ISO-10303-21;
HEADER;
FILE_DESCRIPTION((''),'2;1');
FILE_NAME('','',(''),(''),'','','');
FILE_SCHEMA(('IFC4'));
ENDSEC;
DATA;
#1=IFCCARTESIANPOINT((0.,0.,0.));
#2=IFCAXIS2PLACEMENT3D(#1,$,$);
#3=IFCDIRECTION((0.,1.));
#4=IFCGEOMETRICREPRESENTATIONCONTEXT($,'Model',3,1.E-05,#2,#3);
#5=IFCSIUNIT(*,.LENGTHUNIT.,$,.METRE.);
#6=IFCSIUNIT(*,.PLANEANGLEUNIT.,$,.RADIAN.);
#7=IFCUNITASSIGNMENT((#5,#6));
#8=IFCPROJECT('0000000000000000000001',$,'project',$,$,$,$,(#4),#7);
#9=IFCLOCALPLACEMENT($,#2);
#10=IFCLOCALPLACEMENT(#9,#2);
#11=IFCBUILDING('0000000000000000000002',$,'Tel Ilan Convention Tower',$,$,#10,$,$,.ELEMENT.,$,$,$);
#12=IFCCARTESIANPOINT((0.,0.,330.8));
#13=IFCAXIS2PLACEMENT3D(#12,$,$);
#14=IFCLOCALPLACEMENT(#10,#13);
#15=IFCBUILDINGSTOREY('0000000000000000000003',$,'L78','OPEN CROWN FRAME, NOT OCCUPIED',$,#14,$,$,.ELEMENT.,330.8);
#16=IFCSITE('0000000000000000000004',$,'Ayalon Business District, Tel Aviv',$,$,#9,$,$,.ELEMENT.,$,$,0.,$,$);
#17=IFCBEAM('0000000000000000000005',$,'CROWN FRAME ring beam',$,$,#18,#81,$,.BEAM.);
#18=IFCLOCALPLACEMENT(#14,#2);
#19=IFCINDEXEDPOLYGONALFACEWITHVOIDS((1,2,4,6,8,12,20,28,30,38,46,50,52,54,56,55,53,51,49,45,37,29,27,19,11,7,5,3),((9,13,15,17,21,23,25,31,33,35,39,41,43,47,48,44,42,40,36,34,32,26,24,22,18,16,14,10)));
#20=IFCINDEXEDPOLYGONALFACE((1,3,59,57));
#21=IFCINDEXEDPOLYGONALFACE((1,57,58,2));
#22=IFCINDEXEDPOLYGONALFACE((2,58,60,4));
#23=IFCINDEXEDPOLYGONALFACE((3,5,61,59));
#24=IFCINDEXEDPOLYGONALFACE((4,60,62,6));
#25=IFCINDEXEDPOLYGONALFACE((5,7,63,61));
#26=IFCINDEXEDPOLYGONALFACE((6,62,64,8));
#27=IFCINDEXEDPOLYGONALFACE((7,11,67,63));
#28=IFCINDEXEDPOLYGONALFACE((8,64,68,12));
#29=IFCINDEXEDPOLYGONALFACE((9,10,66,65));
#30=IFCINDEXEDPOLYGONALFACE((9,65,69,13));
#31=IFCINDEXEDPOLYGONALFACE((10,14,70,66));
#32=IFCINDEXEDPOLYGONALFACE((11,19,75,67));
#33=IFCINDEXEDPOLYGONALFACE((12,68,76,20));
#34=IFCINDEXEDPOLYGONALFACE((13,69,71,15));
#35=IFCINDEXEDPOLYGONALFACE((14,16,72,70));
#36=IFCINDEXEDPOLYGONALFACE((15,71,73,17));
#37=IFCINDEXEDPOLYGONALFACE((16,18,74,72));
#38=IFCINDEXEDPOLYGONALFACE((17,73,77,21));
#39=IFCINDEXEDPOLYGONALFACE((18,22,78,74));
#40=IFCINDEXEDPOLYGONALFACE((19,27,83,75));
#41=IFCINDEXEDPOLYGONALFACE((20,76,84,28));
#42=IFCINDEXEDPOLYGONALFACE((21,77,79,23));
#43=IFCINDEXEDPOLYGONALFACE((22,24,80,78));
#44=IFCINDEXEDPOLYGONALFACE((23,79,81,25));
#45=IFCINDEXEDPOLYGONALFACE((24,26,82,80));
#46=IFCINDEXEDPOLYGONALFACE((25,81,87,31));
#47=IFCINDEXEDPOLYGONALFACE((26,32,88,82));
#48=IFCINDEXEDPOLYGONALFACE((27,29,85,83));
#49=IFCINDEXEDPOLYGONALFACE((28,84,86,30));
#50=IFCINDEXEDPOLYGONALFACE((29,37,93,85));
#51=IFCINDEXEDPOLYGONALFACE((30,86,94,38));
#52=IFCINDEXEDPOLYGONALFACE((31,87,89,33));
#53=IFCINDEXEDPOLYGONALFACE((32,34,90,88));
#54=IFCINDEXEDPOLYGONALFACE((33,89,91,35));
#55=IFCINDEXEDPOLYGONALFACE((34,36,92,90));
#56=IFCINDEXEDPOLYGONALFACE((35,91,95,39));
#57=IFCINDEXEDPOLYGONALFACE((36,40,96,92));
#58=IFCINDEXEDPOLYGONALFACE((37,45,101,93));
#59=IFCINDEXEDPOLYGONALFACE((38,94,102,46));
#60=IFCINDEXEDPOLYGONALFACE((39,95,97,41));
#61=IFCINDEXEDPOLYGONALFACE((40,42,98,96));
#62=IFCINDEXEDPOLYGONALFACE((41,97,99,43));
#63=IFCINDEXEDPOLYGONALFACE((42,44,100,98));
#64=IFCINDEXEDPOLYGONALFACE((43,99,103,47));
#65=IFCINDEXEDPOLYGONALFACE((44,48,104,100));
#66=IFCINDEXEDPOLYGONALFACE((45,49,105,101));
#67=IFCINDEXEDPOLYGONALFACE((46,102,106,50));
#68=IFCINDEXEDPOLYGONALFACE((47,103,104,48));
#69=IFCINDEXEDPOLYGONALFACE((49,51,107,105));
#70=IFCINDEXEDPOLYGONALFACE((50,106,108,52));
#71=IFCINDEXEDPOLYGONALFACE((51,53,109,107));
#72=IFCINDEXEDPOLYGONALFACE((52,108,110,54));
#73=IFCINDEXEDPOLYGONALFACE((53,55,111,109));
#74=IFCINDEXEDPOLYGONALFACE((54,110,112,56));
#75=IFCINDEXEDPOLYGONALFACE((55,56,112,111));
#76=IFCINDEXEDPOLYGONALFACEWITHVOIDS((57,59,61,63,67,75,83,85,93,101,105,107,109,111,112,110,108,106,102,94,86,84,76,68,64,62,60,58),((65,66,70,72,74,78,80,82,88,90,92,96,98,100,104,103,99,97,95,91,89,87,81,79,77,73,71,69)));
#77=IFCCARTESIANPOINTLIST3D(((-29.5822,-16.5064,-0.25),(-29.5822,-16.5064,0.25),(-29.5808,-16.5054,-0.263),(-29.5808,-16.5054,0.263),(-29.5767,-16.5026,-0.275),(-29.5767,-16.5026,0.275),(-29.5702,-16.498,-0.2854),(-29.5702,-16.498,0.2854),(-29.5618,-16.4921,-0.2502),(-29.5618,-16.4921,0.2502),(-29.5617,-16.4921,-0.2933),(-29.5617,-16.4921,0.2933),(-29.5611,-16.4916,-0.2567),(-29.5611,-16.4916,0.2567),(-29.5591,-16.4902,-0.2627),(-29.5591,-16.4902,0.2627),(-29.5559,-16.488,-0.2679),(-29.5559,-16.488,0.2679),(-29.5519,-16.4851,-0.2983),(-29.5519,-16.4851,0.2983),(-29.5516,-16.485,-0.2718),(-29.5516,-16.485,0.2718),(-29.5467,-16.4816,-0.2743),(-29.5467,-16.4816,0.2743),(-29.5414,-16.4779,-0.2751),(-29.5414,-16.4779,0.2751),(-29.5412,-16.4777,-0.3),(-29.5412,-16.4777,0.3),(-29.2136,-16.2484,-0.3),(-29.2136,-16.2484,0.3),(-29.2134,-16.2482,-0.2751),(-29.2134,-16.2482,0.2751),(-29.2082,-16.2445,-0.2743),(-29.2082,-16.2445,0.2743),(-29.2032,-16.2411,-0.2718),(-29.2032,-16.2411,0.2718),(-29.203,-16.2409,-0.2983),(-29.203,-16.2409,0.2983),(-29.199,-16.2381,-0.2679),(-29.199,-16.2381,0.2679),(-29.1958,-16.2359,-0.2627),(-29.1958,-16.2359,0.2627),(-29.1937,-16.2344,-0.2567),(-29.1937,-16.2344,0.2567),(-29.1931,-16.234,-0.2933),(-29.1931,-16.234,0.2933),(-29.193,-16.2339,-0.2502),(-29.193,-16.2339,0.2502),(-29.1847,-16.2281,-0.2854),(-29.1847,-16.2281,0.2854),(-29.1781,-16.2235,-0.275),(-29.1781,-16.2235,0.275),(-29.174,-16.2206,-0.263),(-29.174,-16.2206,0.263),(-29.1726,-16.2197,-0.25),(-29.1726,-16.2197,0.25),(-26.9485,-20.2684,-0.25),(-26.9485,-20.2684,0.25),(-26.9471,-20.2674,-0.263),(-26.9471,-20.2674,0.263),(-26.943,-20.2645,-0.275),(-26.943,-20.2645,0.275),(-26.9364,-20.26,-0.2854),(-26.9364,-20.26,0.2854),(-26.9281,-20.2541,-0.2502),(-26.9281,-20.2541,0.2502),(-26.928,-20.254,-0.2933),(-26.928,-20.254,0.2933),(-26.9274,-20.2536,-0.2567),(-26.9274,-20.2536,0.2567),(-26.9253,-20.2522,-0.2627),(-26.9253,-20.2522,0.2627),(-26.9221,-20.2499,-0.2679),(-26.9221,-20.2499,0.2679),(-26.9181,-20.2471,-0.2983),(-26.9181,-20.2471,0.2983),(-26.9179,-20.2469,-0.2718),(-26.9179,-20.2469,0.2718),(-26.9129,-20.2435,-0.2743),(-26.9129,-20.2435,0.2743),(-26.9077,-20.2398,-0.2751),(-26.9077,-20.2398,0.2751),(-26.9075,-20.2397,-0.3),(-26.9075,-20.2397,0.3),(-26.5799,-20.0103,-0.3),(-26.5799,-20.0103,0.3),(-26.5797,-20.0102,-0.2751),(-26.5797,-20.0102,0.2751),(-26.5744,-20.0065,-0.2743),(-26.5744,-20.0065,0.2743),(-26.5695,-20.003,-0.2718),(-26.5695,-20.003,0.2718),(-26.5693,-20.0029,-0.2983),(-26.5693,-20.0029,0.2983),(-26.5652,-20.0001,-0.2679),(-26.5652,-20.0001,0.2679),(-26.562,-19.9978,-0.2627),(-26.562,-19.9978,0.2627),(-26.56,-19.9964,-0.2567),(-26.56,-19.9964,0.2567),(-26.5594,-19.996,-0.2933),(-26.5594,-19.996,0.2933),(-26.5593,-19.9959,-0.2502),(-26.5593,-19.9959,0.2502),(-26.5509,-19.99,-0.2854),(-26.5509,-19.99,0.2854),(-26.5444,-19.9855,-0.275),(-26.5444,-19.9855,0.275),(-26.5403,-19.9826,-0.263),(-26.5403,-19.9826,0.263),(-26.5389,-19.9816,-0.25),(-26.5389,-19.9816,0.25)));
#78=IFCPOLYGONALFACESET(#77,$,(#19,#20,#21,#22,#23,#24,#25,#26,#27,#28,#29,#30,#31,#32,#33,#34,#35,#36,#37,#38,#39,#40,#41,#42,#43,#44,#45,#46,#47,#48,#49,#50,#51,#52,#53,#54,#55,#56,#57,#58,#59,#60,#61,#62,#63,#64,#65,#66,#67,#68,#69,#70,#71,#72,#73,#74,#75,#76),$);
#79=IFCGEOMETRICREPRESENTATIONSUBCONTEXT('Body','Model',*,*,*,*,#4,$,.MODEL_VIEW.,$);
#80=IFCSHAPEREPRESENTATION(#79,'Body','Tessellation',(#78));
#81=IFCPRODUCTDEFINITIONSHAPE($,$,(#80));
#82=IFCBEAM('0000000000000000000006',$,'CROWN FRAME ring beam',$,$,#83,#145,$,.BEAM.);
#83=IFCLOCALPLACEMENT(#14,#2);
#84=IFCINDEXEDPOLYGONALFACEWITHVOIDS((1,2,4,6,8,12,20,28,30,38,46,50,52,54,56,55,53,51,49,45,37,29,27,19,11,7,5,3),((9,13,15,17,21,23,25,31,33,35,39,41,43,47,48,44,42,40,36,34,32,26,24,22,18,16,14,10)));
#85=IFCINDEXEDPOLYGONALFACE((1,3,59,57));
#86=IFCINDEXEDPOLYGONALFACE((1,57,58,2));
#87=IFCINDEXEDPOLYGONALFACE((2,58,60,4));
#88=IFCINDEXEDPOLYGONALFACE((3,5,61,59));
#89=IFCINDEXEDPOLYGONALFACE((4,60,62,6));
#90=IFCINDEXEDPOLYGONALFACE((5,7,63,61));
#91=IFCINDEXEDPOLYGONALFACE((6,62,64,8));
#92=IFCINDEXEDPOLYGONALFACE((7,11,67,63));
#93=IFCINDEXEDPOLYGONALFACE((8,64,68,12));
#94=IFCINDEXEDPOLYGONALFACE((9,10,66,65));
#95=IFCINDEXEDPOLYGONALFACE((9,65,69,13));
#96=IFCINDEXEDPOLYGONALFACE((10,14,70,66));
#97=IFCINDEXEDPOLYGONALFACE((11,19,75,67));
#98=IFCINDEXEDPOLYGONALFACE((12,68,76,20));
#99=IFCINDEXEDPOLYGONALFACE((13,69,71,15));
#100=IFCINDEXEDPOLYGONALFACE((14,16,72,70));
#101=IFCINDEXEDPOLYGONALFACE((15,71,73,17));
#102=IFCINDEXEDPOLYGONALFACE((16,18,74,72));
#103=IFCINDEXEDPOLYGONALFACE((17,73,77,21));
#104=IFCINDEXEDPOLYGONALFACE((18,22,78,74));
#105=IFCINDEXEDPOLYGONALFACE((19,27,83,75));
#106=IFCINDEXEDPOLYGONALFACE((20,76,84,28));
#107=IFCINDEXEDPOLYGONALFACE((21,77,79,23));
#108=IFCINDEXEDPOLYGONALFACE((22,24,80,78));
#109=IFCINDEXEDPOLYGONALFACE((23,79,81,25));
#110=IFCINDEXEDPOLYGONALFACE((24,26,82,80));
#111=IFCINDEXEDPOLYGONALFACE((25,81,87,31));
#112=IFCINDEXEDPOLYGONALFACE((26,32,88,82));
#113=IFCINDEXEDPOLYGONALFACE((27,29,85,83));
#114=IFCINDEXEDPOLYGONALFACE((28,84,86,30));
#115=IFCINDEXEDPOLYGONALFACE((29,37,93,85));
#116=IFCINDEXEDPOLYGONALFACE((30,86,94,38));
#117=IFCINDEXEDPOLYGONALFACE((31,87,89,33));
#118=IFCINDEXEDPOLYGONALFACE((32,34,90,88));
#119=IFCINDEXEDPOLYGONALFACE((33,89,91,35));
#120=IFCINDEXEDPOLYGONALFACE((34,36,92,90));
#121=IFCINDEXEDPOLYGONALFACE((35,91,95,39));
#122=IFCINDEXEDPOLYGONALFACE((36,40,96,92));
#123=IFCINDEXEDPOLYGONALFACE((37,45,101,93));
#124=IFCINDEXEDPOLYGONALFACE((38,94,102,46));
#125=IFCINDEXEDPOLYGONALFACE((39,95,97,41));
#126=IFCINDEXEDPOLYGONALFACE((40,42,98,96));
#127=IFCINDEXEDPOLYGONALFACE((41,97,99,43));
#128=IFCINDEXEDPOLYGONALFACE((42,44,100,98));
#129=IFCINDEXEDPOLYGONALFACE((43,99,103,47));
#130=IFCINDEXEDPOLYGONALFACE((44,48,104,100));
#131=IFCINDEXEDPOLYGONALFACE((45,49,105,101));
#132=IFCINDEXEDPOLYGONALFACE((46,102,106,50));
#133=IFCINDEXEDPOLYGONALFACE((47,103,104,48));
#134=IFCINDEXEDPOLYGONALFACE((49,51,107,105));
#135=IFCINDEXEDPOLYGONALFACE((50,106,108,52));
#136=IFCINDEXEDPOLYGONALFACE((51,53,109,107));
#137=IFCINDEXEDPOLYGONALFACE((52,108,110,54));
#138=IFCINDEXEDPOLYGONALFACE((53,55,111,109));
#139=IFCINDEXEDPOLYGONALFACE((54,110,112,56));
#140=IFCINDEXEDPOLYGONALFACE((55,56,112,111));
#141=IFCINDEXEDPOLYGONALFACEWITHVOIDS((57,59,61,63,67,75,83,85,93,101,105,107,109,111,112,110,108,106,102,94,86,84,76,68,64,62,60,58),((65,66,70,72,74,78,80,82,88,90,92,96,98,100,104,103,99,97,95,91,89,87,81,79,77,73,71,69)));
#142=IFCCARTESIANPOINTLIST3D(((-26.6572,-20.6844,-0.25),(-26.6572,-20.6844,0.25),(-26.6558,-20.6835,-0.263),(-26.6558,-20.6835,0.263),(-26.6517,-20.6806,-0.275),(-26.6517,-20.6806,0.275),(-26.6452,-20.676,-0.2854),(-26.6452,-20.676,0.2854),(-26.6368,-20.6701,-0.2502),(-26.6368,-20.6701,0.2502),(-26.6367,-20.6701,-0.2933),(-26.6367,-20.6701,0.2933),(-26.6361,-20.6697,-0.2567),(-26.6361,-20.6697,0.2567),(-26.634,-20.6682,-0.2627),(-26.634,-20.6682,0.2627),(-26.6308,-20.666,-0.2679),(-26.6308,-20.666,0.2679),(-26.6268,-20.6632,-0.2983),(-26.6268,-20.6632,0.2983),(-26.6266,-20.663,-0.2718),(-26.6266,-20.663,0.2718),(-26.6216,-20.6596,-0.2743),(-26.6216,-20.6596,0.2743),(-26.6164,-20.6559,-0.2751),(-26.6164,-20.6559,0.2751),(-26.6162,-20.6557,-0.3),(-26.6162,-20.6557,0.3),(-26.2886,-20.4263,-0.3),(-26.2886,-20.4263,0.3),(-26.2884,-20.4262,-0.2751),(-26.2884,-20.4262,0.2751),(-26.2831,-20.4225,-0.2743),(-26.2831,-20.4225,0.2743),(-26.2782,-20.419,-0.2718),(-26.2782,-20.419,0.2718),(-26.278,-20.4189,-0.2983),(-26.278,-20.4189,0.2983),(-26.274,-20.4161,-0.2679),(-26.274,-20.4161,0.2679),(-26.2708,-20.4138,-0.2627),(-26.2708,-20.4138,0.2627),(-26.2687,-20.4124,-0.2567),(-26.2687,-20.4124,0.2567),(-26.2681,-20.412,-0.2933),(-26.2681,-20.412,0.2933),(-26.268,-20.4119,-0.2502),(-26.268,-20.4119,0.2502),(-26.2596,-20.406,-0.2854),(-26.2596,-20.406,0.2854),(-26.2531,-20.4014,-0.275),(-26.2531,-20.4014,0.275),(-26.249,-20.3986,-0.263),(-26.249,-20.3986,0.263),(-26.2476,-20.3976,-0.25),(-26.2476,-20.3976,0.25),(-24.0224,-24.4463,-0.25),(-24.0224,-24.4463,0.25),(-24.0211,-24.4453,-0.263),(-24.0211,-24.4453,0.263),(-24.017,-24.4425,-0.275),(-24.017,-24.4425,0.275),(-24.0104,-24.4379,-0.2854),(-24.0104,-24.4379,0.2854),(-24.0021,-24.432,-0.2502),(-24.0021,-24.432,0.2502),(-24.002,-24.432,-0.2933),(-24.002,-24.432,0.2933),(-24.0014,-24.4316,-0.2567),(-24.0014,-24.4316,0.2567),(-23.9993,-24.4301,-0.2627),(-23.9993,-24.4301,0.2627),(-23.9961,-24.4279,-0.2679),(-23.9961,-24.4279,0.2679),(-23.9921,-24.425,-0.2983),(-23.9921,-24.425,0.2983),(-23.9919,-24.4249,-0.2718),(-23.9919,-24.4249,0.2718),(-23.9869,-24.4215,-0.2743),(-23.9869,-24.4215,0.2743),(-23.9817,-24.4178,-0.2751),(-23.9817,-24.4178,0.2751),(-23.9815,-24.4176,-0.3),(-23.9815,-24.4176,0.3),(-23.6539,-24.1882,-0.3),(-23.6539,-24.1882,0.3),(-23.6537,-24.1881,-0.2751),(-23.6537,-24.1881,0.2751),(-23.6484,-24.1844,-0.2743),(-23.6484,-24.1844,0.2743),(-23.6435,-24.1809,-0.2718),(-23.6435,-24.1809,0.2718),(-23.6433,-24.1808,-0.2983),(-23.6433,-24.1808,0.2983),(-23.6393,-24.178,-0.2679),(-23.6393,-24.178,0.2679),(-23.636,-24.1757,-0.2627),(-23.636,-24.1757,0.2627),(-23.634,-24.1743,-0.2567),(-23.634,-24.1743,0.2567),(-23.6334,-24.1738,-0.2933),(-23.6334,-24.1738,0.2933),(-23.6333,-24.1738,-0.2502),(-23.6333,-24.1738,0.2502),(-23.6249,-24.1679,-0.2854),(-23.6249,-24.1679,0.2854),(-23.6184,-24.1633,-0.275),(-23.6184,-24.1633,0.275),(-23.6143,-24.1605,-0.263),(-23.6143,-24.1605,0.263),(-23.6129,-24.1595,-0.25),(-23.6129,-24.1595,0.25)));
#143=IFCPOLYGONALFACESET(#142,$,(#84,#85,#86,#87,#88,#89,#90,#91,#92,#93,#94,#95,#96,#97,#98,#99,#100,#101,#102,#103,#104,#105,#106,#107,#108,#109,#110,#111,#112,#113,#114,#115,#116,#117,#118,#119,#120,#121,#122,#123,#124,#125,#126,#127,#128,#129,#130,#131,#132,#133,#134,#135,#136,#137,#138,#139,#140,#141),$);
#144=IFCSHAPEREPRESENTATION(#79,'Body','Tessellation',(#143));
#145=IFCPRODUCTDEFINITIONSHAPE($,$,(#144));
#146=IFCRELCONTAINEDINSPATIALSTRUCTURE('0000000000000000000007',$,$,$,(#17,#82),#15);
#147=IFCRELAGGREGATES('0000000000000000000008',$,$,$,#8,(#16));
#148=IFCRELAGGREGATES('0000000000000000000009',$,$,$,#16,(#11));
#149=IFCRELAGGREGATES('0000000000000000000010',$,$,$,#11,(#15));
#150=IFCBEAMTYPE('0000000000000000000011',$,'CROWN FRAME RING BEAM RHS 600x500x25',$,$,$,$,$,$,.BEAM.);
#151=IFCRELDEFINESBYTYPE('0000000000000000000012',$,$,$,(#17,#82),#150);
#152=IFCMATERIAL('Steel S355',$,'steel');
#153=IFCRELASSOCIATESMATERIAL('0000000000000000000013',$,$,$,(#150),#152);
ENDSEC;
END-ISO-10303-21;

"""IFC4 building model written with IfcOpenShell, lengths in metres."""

from ifc_helpers import new_model, si_unit, direction, frame, origin, origin_2d, place, context, subcontext, project, spatial, hollow_rectangle, extrude, material, material_profile, profile_set, type_object, element, save


model = new_model("IFC4")

# Units and contexts
model_context = context("Model", 3, precision=1e-05, world=origin(), true_north=direction((0.0, 1.0)))
body_context = subcontext(model_context, "Body", "Model", "MODEL_VIEW")
ifc_project = project(units=[si_unit("LENGTHUNIT", "METRE"), si_unit("PLANEANGLEUNIT", "RADIAN")], contexts=[model_context])

# Site, building, storey
site_placement = place(None, origin())
site = spatial("IfcSite", under=ifc_project, at=site_placement, Name="Ayalon Business District, Tel Aviv", CompositionType="ELEMENT", RefElevation=0.0)
building_placement = place(site_placement, origin())
building = spatial("IfcBuilding", under=site, at=building_placement, Name="Tel Ilan Convention Tower", CompositionType="ELEMENT")
storey_placement = place(building_placement, frame((0.0, 0.0, 330.8)))
storey = spatial("IfcBuildingStorey", under=building, at=storey_placement, Name="L78", Description="OPEN CROWN FRAME, NOT OCCUPIED", CompositionType="ELEMENT", Elevation=330.8)

# Beams
ifc_material_1 = material(Name="Steel S355", Category="steel")
ifc_material_profile_1 = material_profile(ifc_material_1, hollow_rectangle(XDim=0.5, YDim=0.6001, WallThickness=0.0249, InnerFilletRadius=0.0249, OuterFilletRadius=0.05, at=origin_2d()), Name="RHS 600x500x25")
ifc_profile_set_1 = profile_set([ifc_material_profile_1], Name="Steel S355")
beam_type = type_object("IfcBeamType", Name="CROWN FRAME RING BEAM RHS 600x500x25", PredefinedType="BEAM", material=ifc_profile_set_1)
beam_1_placement = place(storey_placement, frame((-29.3774, -16.363, 0.0), z_axis=(0.573523, -0.819189, 0.0), x_axis=(0.819189, 0.573523, 0.0)))
element("IfcBeam", 1, at=beam_1_placement, inside=storey, type_object=beam_type, Name="CROWN FRAME ring beam", PredefinedType="BEAM", context=body_context, shape_type="SweptSolid", body=[
    extrude(hollow_rectangle(XDim=0.5, YDim=0.6001, WallThickness=0.0249, InnerFilletRadius=0.0249, OuterFilletRadius=0.05, at=origin_2d()), origin(), (0.0, 0.0, 1.0), 4.5923),
])
beam_2_placement = place(storey_placement, frame((-26.4524, -20.541, 0.0), z_axis=(0.573666, -0.81909, 0.0), x_axis=(0.81909, 0.573666, 0.0)))
element("IfcBeam", 2, at=beam_2_placement, inside=storey, type_object=beam_type, Name="CROWN FRAME ring beam", PredefinedType="BEAM", context=body_context, shape_type="SweptSolid", body=[
    extrude(hollow_rectangle(XDim=0.5, YDim=0.6001, WallThickness=0.0249, InnerFilletRadius=0.0249, OuterFilletRadius=0.05, at=origin_2d()), origin(), (0.0, 0.0, 1.0), 4.5928),
])

save(model, "model.ifc")
